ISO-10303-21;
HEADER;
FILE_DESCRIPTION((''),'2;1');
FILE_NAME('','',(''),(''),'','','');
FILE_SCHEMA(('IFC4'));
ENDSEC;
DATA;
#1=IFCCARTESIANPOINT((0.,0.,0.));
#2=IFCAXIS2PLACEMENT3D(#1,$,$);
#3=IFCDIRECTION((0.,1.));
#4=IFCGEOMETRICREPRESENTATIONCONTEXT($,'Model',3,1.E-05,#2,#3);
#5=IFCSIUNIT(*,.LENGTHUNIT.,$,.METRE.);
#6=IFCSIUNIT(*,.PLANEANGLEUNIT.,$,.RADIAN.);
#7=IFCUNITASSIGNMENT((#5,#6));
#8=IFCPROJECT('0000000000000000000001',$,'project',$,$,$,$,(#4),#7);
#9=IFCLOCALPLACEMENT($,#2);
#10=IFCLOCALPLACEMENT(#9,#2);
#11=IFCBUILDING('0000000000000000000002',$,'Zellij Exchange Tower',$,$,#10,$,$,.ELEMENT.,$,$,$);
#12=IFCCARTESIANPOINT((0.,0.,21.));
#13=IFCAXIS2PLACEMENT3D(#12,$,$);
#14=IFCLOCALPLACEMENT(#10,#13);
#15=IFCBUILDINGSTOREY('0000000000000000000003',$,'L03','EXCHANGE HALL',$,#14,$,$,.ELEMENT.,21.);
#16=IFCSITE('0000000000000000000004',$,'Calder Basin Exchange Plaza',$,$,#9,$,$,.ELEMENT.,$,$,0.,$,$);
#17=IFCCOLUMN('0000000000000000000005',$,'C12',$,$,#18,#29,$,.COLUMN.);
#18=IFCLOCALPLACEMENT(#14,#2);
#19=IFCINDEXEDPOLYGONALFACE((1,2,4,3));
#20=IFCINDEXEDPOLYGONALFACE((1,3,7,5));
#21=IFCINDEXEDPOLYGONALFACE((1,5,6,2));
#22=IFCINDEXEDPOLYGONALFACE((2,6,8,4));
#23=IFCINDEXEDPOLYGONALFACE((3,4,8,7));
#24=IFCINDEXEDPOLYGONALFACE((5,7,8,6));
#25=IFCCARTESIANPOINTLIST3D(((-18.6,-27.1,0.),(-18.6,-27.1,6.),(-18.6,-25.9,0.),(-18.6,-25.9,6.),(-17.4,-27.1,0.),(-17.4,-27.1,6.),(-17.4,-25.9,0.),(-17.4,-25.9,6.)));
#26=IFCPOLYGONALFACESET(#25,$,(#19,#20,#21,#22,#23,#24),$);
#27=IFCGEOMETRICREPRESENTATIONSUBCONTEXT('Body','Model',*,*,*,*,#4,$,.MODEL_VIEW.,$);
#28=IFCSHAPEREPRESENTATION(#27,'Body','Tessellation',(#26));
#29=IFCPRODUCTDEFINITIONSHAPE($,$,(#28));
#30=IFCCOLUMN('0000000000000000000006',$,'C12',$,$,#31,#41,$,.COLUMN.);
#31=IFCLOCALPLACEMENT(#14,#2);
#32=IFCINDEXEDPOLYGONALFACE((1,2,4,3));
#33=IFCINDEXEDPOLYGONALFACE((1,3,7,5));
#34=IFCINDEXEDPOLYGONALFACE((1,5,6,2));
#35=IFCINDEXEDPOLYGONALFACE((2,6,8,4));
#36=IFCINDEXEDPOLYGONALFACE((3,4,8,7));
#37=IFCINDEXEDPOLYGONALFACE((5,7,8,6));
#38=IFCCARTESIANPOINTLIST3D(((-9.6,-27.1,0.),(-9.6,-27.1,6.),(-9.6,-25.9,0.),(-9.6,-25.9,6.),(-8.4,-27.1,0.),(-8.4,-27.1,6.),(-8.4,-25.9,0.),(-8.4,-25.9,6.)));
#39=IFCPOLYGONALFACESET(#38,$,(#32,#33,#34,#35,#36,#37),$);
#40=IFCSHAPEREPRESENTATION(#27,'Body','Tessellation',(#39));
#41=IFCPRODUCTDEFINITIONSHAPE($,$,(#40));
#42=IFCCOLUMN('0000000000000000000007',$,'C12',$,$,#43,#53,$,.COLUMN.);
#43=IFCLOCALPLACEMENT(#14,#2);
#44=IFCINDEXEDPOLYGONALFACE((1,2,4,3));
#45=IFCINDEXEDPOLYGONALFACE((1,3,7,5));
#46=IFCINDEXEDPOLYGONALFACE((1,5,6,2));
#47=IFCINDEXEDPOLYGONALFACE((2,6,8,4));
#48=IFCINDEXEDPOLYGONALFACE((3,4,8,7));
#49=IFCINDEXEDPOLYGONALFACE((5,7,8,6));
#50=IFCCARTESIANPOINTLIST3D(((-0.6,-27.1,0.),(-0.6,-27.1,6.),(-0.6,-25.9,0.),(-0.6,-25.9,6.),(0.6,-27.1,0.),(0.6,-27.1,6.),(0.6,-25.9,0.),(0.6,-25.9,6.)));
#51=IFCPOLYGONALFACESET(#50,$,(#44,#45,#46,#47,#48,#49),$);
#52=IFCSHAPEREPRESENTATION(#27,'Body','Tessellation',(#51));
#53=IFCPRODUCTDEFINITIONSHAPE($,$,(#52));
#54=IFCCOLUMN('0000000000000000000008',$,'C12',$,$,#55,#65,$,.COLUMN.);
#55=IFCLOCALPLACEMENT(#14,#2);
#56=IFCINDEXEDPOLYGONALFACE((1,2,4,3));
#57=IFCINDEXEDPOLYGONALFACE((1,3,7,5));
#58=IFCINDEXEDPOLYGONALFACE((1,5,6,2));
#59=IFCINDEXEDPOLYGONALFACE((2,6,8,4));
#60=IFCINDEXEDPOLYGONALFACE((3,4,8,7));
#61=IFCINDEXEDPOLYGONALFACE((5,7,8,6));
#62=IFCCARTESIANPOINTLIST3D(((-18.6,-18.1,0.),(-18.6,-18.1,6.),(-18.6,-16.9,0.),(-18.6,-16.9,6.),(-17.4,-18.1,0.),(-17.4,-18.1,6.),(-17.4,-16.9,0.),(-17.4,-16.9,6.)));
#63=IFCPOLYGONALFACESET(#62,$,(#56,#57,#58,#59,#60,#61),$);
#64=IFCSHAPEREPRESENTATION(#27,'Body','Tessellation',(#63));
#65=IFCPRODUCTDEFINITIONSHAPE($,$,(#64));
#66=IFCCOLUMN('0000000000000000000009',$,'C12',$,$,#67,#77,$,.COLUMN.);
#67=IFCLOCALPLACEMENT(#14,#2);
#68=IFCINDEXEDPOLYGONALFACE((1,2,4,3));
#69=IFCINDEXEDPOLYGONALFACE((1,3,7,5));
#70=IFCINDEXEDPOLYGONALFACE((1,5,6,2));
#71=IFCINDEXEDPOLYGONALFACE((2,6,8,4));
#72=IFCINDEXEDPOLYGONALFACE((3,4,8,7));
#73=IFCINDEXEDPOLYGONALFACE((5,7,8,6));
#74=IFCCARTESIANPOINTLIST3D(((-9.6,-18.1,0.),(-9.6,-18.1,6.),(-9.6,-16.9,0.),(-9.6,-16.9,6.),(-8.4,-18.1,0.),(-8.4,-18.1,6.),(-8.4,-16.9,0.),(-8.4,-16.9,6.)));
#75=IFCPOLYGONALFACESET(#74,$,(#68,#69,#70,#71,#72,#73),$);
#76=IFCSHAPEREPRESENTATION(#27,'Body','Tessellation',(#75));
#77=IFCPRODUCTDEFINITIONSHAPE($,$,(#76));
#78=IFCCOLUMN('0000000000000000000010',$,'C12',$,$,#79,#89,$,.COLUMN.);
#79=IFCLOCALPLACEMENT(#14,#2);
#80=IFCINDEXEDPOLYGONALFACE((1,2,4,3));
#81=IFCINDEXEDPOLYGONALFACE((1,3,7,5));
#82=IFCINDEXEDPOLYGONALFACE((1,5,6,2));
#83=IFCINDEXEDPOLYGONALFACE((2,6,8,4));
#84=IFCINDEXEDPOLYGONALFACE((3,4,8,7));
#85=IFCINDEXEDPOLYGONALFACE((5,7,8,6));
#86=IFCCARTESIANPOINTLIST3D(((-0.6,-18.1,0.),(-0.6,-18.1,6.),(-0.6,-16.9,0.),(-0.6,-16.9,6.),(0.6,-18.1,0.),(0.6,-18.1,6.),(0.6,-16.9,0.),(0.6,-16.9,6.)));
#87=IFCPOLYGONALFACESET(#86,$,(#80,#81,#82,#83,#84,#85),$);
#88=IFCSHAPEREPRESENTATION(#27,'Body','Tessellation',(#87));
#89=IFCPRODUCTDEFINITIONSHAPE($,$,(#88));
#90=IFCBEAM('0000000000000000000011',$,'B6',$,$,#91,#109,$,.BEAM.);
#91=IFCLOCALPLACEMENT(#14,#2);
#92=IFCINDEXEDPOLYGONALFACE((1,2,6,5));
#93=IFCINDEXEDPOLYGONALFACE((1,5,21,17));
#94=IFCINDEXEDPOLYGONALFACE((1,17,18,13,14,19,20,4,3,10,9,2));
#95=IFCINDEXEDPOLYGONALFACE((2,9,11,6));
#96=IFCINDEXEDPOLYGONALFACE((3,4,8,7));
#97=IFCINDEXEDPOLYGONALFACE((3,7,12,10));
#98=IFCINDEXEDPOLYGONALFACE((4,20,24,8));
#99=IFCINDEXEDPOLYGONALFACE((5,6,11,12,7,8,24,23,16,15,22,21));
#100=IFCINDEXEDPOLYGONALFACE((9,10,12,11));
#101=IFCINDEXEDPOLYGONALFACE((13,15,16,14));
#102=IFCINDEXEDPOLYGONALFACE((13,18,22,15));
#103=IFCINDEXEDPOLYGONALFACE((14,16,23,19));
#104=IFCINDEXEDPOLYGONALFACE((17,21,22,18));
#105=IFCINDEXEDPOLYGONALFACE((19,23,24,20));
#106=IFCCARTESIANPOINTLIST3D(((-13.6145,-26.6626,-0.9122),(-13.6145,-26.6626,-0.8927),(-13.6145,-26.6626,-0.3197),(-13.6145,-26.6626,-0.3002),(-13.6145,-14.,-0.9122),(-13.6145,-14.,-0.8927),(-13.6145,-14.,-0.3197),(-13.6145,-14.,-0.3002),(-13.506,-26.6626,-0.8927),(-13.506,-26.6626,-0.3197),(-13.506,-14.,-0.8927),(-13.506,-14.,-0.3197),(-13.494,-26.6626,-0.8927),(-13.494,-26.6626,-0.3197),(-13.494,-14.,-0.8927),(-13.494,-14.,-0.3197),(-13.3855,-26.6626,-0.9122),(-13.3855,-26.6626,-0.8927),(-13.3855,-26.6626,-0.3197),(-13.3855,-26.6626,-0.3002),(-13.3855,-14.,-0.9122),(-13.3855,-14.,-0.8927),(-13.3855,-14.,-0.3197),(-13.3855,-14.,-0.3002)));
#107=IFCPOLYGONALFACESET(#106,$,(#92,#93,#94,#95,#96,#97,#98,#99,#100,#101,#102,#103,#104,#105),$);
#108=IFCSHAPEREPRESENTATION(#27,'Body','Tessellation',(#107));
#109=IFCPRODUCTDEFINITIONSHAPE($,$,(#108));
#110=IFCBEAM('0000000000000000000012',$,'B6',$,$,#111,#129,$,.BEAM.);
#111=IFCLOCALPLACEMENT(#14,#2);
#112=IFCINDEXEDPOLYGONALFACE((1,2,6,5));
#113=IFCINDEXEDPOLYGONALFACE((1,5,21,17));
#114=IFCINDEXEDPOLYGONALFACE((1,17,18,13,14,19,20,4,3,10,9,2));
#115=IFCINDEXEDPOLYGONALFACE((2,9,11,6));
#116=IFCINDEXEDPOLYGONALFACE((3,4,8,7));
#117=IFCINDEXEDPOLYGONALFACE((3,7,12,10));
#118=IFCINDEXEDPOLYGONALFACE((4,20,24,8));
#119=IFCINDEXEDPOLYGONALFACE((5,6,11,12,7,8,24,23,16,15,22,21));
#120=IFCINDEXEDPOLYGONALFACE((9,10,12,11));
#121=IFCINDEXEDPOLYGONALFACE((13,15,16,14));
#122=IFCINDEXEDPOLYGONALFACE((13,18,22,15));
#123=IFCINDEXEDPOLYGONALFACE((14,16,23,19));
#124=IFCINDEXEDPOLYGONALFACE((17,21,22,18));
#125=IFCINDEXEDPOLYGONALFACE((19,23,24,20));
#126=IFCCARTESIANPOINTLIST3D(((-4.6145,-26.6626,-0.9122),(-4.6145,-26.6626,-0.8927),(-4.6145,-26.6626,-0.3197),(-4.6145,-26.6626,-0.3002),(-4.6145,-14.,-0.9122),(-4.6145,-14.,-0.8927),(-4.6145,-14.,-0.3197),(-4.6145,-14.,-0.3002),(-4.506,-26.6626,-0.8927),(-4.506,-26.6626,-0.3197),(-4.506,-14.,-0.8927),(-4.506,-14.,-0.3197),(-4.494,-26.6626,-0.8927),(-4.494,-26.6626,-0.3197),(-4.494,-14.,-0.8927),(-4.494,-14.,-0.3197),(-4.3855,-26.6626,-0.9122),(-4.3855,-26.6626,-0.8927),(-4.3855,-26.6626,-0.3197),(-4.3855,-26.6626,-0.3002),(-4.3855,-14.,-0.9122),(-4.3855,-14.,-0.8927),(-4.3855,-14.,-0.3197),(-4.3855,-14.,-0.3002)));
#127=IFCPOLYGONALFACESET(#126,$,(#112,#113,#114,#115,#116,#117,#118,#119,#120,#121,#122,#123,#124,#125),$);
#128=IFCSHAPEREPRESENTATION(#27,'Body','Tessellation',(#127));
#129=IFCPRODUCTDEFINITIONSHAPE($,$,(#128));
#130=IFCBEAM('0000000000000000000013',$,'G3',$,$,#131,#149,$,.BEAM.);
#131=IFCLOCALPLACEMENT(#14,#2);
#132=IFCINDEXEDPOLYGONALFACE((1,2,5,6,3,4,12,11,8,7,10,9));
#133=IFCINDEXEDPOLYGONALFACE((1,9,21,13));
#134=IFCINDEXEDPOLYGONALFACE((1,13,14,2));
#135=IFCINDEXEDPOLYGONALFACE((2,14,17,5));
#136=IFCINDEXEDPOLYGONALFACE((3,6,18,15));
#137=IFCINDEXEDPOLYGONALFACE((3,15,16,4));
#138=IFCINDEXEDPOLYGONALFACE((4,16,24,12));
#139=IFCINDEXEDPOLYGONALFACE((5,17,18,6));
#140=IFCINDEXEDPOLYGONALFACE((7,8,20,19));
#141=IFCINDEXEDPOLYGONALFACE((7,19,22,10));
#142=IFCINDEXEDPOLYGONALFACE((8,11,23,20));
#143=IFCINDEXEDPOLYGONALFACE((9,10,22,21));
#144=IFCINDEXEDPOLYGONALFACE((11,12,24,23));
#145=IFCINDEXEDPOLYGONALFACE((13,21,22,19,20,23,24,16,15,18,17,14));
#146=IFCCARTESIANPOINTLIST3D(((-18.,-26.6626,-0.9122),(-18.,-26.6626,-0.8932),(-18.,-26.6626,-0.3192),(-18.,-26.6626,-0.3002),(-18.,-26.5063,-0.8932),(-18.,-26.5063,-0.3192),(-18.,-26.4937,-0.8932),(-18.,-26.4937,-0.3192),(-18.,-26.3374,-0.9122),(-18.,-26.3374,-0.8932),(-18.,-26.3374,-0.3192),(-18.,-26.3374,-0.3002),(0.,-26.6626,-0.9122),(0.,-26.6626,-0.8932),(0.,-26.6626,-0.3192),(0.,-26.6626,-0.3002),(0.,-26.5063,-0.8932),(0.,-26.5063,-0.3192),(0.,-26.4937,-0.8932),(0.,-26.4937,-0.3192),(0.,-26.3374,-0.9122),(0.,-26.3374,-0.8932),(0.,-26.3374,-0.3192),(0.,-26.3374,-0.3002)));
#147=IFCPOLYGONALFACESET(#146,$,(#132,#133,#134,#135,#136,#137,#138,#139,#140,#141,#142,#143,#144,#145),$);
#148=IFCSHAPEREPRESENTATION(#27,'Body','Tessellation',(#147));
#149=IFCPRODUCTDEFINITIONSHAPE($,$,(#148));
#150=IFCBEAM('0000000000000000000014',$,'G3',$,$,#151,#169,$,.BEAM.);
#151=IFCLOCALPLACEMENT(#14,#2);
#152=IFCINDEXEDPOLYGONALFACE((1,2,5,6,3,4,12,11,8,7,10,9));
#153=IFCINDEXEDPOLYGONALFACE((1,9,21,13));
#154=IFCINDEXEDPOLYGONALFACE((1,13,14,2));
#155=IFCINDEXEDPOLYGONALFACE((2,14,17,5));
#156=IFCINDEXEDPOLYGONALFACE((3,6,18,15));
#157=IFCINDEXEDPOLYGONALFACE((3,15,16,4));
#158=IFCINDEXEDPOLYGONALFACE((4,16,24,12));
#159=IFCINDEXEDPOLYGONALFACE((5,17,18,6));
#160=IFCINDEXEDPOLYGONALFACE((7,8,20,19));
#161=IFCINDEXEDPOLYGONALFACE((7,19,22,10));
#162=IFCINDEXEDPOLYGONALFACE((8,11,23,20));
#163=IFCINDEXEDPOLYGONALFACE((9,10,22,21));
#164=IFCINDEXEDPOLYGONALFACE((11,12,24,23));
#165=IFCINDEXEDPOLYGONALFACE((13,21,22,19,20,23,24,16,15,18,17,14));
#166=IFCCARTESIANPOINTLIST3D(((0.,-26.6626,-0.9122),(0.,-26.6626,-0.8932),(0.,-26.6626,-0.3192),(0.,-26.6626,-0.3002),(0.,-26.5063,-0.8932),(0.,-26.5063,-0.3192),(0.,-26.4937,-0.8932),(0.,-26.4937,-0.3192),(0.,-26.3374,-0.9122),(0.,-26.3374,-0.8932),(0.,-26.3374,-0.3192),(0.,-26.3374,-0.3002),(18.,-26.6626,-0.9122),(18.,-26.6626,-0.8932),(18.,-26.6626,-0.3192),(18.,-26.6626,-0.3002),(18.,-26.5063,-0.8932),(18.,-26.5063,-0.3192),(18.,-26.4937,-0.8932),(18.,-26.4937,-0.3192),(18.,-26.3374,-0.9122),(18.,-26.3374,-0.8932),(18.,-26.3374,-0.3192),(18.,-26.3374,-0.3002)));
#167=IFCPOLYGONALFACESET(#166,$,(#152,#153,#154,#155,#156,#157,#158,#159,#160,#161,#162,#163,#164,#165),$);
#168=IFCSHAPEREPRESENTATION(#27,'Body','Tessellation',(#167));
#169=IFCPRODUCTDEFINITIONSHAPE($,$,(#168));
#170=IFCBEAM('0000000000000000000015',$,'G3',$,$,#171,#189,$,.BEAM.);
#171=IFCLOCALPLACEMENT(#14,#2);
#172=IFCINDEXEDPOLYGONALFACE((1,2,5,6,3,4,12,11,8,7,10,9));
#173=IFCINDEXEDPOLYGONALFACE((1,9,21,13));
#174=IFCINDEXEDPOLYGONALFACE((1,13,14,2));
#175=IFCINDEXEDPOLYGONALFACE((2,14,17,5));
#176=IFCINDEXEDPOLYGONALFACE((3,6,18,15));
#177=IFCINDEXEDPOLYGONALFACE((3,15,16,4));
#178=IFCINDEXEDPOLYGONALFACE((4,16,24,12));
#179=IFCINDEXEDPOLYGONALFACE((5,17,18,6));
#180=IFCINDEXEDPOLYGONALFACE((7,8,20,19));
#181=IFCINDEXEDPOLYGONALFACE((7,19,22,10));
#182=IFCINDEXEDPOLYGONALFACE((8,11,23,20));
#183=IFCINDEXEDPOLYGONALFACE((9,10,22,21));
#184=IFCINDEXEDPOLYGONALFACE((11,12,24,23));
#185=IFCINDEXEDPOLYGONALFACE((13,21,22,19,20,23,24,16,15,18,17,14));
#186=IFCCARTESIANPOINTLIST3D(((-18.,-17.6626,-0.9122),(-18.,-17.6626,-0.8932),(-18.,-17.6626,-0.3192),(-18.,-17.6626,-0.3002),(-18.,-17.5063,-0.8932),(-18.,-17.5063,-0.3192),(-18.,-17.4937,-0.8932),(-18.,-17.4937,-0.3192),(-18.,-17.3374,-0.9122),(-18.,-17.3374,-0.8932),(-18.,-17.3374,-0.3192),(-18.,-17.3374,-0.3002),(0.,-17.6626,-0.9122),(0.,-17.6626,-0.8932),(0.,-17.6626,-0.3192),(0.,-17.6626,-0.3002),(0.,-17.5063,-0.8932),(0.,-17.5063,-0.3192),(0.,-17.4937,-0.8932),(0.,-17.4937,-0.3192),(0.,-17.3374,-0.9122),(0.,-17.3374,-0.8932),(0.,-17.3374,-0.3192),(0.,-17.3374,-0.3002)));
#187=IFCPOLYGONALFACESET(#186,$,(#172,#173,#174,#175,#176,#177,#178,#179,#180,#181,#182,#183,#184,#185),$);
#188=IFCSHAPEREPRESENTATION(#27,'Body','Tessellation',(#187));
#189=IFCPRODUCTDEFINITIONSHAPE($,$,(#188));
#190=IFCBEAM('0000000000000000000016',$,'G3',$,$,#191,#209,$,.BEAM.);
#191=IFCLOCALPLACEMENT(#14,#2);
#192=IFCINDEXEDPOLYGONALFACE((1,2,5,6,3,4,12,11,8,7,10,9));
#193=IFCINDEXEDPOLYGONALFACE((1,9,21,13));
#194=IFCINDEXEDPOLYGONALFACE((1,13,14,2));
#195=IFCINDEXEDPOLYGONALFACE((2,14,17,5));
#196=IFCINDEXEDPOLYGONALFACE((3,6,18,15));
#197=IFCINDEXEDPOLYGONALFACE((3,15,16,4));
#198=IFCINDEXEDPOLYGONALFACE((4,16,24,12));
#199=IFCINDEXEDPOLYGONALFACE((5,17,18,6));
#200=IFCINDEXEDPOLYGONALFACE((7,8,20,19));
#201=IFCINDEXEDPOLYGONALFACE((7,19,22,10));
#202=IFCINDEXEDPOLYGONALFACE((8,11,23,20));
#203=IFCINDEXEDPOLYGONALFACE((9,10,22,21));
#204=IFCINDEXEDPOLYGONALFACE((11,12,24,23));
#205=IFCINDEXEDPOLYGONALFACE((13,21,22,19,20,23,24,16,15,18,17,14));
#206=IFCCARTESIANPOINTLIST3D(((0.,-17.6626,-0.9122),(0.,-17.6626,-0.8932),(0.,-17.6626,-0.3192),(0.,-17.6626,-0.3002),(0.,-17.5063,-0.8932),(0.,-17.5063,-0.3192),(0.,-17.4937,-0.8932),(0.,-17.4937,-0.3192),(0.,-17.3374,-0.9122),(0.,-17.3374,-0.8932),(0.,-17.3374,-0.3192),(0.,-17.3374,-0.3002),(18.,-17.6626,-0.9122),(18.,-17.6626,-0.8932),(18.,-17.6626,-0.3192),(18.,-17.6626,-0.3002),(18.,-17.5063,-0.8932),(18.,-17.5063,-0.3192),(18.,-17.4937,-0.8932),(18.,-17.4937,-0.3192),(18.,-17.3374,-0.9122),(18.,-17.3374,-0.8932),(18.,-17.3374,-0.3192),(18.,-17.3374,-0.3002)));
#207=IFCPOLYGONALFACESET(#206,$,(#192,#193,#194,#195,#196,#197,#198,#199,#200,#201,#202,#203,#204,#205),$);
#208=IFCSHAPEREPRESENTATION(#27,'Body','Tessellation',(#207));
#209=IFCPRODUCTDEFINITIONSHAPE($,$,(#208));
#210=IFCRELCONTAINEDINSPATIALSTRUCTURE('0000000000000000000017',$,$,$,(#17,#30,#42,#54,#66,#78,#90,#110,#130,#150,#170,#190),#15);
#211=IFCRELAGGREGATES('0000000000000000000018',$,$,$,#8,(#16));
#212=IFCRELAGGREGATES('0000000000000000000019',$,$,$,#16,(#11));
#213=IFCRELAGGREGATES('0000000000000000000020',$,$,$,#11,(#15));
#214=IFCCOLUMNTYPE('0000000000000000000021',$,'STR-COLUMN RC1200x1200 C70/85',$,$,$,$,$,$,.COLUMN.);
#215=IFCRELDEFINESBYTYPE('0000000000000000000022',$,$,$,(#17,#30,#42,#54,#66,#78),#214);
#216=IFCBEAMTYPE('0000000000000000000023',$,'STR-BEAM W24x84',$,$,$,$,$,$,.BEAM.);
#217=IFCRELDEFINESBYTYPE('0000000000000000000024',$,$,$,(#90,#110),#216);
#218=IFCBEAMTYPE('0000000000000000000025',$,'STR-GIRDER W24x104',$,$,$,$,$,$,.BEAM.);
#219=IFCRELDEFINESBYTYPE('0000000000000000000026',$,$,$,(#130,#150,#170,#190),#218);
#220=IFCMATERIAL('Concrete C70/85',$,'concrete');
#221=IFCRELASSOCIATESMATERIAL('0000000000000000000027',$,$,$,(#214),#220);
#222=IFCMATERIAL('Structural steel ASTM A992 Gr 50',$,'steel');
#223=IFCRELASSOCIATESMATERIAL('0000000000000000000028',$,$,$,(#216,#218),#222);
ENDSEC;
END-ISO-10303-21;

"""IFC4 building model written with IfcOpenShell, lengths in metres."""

from ifc_helpers import new_model, si_unit, direction, frame, origin, origin_2d, place, context, subcontext, project, spatial, rectangle, i_section, extrude, material, material_profile, profile_set, type_object, element, save


model = new_model("IFC4")

# Units and contexts
model_context = context("Model", 3, precision=1e-05, world=origin(), true_north=direction((0.0, 1.0)))
body_context = subcontext(model_context, "Body", "Model", "MODEL_VIEW")
ifc_project = project(units=[si_unit("LENGTHUNIT", "METRE"), si_unit("PLANEANGLEUNIT", "RADIAN")], contexts=[model_context])

# Site, building, storey
site_placement = place(None, origin())
site = spatial("IfcSite", under=ifc_project, at=site_placement, Name="Calder Basin Exchange Plaza", CompositionType="ELEMENT", RefElevation=0.0)
building_placement = place(site_placement, origin())
building = spatial("IfcBuilding", under=site, at=building_placement, Name="Zellij Exchange Tower", CompositionType="ELEMENT")
storey_placement = place(building_placement, frame((0.0, 0.0, 21.0)))
storey = spatial("IfcBuildingStorey", under=building, at=storey_placement, Name="L03", Description="EXCHANGE HALL", CompositionType="ELEMENT", Elevation=21.0)

# Columns
ifc_material_1 = material(Name="Concrete C70/85", Category="concrete")
ifc_material_profile_1 = material_profile(ifc_material_1, rectangle(XDim=1.2, YDim=1.2, at=origin_2d()), Name="STR-COLUMN RC1200x1200 C70/85")
ifc_profile_set_1 = profile_set([ifc_material_profile_1], Name="Concrete C70/85")
column_type = type_object("IfcColumnType", Name="STR-COLUMN RC1200x1200 C70/85", PredefinedType="COLUMN", material=ifc_profile_set_1)
for number, where, z_axis, x_axis, name in (
    (1, (-18.0, -26.5, 0.0), (0.0, 0.0, 1.0), (1.0, 0.0, 0.0), "C12"),
    (2, (-9.0, -26.5, 0.0), (0.0, 0.0, 1.0), (1.0, 0.0, 0.0), "C12"),
    (3, (0.0, -26.5, 0.0), (0.0, 0.0, 1.0), (1.0, 0.0, 0.0), "C12"),
    (4, (-18.0, -17.5, 0.0), (0.0, 0.0, 1.0), (1.0, 0.0, 0.0), "C12"),
    (5, (-9.0, -17.5, 0.0), (0.0, 0.0, 1.0), (1.0, 0.0, 0.0), "C12"),
    (6, (0.0, -17.5, 0.0), (0.0, 0.0, 1.0), (1.0, 0.0, 0.0), "C12"),
):
    element("IfcColumn", number, at=place(storey_placement, frame(where, z_axis=z_axis, x_axis=x_axis)), inside=storey, type_object=column_type, Name=name, PredefinedType="COLUMN", context=body_context, shape_type="SweptSolid", body=[
        extrude(rectangle(XDim=1.2, YDim=1.2, at=origin_2d()), origin(), (0.0, 0.0, 1.0), 6.0),
    ])

# Beams
ifc_material_2 = material(Name="Structural steel ASTM A992 Gr 50", Category="steel")
ifc_material_profile_2 = material_profile(ifc_material_2, i_section(OverallWidth=0.229, OverallDepth=0.6121, WebThickness=0.012, FlangeThickness=0.0195, at=origin_2d()), Name="W24x84")
ifc_profile_set_2 = profile_set([ifc_material_profile_2], Name="Structural steel ASTM A992 Gr 50")
beam_type_1 = type_object("IfcBeamType", Name="STR-BEAM W24x84", PredefinedType="BEAM", material=ifc_profile_set_2)
for number, where, z_axis, x_axis, name in (
    (7, (-13.5, -26.6626, -0.6062), (0.0, 1.0, 0.0), (-1.0, 0.0, 0.0), "B6"),
    (8, (-4.5, -26.6626, -0.6062), (0.0, 1.0, 0.0), (-1.0, 0.0, 0.0), "B6"),
):
    element("IfcBeam", number, at=place(storey_placement, frame(where, z_axis=z_axis, x_axis=x_axis)), inside=storey, type_object=beam_type_1, Name=name, PredefinedType="BEAM", context=body_context, shape_type="SweptSolid", body=[
        extrude(i_section(OverallWidth=0.229, OverallDepth=0.6121, WebThickness=0.012, FlangeThickness=0.0195, at=origin_2d()), origin(), (0.0, 0.0, 1.0), 12.6626),
    ])
ifc_material_profile_3 = material_profile(ifc_material_2, i_section(OverallWidth=0.3252, OverallDepth=0.6121, WebThickness=0.0127, FlangeThickness=0.019, at=origin_2d()), Name="W24x104")
ifc_profile_set_3 = profile_set([ifc_material_profile_3], Name="Structural steel ASTM A992 Gr 50")
beam_type_2 = type_object("IfcBeamType", Name="STR-GIRDER W24x104", PredefinedType="BEAM", material=ifc_profile_set_3)
for number, where, z_axis, x_axis, name in (
    (9, (-18.0, -26.5, -0.6062), (1.0, 0.0, 0.0), (0.0, 1.0, 0.0), "G3"),
    (10, (0.0, -26.5, -0.6062), (1.0, 0.0, 0.0), (0.0, 1.0, 0.0), "G3"),
    (11, (-18.0, -17.5, -0.6062), (1.0, 0.0, 0.0), (0.0, 1.0, 0.0), "G3"),
    (12, (0.0, -17.5, -0.6062), (1.0, 0.0, 0.0), (0.0, 1.0, 0.0), "G3"),
):
    element("IfcBeam", number, at=place(storey_placement, frame(where, z_axis=z_axis, x_axis=x_axis)), inside=storey, type_object=beam_type_2, Name=name, PredefinedType="BEAM", context=body_context, shape_type="SweptSolid", body=[
        extrude(i_section(OverallWidth=0.3252, OverallDepth=0.6121, WebThickness=0.0127, FlangeThickness=0.019, at=origin_2d()), origin(), (0.0, 0.0, 1.0), 18.0),
    ])

save(model, "model.ifc")
